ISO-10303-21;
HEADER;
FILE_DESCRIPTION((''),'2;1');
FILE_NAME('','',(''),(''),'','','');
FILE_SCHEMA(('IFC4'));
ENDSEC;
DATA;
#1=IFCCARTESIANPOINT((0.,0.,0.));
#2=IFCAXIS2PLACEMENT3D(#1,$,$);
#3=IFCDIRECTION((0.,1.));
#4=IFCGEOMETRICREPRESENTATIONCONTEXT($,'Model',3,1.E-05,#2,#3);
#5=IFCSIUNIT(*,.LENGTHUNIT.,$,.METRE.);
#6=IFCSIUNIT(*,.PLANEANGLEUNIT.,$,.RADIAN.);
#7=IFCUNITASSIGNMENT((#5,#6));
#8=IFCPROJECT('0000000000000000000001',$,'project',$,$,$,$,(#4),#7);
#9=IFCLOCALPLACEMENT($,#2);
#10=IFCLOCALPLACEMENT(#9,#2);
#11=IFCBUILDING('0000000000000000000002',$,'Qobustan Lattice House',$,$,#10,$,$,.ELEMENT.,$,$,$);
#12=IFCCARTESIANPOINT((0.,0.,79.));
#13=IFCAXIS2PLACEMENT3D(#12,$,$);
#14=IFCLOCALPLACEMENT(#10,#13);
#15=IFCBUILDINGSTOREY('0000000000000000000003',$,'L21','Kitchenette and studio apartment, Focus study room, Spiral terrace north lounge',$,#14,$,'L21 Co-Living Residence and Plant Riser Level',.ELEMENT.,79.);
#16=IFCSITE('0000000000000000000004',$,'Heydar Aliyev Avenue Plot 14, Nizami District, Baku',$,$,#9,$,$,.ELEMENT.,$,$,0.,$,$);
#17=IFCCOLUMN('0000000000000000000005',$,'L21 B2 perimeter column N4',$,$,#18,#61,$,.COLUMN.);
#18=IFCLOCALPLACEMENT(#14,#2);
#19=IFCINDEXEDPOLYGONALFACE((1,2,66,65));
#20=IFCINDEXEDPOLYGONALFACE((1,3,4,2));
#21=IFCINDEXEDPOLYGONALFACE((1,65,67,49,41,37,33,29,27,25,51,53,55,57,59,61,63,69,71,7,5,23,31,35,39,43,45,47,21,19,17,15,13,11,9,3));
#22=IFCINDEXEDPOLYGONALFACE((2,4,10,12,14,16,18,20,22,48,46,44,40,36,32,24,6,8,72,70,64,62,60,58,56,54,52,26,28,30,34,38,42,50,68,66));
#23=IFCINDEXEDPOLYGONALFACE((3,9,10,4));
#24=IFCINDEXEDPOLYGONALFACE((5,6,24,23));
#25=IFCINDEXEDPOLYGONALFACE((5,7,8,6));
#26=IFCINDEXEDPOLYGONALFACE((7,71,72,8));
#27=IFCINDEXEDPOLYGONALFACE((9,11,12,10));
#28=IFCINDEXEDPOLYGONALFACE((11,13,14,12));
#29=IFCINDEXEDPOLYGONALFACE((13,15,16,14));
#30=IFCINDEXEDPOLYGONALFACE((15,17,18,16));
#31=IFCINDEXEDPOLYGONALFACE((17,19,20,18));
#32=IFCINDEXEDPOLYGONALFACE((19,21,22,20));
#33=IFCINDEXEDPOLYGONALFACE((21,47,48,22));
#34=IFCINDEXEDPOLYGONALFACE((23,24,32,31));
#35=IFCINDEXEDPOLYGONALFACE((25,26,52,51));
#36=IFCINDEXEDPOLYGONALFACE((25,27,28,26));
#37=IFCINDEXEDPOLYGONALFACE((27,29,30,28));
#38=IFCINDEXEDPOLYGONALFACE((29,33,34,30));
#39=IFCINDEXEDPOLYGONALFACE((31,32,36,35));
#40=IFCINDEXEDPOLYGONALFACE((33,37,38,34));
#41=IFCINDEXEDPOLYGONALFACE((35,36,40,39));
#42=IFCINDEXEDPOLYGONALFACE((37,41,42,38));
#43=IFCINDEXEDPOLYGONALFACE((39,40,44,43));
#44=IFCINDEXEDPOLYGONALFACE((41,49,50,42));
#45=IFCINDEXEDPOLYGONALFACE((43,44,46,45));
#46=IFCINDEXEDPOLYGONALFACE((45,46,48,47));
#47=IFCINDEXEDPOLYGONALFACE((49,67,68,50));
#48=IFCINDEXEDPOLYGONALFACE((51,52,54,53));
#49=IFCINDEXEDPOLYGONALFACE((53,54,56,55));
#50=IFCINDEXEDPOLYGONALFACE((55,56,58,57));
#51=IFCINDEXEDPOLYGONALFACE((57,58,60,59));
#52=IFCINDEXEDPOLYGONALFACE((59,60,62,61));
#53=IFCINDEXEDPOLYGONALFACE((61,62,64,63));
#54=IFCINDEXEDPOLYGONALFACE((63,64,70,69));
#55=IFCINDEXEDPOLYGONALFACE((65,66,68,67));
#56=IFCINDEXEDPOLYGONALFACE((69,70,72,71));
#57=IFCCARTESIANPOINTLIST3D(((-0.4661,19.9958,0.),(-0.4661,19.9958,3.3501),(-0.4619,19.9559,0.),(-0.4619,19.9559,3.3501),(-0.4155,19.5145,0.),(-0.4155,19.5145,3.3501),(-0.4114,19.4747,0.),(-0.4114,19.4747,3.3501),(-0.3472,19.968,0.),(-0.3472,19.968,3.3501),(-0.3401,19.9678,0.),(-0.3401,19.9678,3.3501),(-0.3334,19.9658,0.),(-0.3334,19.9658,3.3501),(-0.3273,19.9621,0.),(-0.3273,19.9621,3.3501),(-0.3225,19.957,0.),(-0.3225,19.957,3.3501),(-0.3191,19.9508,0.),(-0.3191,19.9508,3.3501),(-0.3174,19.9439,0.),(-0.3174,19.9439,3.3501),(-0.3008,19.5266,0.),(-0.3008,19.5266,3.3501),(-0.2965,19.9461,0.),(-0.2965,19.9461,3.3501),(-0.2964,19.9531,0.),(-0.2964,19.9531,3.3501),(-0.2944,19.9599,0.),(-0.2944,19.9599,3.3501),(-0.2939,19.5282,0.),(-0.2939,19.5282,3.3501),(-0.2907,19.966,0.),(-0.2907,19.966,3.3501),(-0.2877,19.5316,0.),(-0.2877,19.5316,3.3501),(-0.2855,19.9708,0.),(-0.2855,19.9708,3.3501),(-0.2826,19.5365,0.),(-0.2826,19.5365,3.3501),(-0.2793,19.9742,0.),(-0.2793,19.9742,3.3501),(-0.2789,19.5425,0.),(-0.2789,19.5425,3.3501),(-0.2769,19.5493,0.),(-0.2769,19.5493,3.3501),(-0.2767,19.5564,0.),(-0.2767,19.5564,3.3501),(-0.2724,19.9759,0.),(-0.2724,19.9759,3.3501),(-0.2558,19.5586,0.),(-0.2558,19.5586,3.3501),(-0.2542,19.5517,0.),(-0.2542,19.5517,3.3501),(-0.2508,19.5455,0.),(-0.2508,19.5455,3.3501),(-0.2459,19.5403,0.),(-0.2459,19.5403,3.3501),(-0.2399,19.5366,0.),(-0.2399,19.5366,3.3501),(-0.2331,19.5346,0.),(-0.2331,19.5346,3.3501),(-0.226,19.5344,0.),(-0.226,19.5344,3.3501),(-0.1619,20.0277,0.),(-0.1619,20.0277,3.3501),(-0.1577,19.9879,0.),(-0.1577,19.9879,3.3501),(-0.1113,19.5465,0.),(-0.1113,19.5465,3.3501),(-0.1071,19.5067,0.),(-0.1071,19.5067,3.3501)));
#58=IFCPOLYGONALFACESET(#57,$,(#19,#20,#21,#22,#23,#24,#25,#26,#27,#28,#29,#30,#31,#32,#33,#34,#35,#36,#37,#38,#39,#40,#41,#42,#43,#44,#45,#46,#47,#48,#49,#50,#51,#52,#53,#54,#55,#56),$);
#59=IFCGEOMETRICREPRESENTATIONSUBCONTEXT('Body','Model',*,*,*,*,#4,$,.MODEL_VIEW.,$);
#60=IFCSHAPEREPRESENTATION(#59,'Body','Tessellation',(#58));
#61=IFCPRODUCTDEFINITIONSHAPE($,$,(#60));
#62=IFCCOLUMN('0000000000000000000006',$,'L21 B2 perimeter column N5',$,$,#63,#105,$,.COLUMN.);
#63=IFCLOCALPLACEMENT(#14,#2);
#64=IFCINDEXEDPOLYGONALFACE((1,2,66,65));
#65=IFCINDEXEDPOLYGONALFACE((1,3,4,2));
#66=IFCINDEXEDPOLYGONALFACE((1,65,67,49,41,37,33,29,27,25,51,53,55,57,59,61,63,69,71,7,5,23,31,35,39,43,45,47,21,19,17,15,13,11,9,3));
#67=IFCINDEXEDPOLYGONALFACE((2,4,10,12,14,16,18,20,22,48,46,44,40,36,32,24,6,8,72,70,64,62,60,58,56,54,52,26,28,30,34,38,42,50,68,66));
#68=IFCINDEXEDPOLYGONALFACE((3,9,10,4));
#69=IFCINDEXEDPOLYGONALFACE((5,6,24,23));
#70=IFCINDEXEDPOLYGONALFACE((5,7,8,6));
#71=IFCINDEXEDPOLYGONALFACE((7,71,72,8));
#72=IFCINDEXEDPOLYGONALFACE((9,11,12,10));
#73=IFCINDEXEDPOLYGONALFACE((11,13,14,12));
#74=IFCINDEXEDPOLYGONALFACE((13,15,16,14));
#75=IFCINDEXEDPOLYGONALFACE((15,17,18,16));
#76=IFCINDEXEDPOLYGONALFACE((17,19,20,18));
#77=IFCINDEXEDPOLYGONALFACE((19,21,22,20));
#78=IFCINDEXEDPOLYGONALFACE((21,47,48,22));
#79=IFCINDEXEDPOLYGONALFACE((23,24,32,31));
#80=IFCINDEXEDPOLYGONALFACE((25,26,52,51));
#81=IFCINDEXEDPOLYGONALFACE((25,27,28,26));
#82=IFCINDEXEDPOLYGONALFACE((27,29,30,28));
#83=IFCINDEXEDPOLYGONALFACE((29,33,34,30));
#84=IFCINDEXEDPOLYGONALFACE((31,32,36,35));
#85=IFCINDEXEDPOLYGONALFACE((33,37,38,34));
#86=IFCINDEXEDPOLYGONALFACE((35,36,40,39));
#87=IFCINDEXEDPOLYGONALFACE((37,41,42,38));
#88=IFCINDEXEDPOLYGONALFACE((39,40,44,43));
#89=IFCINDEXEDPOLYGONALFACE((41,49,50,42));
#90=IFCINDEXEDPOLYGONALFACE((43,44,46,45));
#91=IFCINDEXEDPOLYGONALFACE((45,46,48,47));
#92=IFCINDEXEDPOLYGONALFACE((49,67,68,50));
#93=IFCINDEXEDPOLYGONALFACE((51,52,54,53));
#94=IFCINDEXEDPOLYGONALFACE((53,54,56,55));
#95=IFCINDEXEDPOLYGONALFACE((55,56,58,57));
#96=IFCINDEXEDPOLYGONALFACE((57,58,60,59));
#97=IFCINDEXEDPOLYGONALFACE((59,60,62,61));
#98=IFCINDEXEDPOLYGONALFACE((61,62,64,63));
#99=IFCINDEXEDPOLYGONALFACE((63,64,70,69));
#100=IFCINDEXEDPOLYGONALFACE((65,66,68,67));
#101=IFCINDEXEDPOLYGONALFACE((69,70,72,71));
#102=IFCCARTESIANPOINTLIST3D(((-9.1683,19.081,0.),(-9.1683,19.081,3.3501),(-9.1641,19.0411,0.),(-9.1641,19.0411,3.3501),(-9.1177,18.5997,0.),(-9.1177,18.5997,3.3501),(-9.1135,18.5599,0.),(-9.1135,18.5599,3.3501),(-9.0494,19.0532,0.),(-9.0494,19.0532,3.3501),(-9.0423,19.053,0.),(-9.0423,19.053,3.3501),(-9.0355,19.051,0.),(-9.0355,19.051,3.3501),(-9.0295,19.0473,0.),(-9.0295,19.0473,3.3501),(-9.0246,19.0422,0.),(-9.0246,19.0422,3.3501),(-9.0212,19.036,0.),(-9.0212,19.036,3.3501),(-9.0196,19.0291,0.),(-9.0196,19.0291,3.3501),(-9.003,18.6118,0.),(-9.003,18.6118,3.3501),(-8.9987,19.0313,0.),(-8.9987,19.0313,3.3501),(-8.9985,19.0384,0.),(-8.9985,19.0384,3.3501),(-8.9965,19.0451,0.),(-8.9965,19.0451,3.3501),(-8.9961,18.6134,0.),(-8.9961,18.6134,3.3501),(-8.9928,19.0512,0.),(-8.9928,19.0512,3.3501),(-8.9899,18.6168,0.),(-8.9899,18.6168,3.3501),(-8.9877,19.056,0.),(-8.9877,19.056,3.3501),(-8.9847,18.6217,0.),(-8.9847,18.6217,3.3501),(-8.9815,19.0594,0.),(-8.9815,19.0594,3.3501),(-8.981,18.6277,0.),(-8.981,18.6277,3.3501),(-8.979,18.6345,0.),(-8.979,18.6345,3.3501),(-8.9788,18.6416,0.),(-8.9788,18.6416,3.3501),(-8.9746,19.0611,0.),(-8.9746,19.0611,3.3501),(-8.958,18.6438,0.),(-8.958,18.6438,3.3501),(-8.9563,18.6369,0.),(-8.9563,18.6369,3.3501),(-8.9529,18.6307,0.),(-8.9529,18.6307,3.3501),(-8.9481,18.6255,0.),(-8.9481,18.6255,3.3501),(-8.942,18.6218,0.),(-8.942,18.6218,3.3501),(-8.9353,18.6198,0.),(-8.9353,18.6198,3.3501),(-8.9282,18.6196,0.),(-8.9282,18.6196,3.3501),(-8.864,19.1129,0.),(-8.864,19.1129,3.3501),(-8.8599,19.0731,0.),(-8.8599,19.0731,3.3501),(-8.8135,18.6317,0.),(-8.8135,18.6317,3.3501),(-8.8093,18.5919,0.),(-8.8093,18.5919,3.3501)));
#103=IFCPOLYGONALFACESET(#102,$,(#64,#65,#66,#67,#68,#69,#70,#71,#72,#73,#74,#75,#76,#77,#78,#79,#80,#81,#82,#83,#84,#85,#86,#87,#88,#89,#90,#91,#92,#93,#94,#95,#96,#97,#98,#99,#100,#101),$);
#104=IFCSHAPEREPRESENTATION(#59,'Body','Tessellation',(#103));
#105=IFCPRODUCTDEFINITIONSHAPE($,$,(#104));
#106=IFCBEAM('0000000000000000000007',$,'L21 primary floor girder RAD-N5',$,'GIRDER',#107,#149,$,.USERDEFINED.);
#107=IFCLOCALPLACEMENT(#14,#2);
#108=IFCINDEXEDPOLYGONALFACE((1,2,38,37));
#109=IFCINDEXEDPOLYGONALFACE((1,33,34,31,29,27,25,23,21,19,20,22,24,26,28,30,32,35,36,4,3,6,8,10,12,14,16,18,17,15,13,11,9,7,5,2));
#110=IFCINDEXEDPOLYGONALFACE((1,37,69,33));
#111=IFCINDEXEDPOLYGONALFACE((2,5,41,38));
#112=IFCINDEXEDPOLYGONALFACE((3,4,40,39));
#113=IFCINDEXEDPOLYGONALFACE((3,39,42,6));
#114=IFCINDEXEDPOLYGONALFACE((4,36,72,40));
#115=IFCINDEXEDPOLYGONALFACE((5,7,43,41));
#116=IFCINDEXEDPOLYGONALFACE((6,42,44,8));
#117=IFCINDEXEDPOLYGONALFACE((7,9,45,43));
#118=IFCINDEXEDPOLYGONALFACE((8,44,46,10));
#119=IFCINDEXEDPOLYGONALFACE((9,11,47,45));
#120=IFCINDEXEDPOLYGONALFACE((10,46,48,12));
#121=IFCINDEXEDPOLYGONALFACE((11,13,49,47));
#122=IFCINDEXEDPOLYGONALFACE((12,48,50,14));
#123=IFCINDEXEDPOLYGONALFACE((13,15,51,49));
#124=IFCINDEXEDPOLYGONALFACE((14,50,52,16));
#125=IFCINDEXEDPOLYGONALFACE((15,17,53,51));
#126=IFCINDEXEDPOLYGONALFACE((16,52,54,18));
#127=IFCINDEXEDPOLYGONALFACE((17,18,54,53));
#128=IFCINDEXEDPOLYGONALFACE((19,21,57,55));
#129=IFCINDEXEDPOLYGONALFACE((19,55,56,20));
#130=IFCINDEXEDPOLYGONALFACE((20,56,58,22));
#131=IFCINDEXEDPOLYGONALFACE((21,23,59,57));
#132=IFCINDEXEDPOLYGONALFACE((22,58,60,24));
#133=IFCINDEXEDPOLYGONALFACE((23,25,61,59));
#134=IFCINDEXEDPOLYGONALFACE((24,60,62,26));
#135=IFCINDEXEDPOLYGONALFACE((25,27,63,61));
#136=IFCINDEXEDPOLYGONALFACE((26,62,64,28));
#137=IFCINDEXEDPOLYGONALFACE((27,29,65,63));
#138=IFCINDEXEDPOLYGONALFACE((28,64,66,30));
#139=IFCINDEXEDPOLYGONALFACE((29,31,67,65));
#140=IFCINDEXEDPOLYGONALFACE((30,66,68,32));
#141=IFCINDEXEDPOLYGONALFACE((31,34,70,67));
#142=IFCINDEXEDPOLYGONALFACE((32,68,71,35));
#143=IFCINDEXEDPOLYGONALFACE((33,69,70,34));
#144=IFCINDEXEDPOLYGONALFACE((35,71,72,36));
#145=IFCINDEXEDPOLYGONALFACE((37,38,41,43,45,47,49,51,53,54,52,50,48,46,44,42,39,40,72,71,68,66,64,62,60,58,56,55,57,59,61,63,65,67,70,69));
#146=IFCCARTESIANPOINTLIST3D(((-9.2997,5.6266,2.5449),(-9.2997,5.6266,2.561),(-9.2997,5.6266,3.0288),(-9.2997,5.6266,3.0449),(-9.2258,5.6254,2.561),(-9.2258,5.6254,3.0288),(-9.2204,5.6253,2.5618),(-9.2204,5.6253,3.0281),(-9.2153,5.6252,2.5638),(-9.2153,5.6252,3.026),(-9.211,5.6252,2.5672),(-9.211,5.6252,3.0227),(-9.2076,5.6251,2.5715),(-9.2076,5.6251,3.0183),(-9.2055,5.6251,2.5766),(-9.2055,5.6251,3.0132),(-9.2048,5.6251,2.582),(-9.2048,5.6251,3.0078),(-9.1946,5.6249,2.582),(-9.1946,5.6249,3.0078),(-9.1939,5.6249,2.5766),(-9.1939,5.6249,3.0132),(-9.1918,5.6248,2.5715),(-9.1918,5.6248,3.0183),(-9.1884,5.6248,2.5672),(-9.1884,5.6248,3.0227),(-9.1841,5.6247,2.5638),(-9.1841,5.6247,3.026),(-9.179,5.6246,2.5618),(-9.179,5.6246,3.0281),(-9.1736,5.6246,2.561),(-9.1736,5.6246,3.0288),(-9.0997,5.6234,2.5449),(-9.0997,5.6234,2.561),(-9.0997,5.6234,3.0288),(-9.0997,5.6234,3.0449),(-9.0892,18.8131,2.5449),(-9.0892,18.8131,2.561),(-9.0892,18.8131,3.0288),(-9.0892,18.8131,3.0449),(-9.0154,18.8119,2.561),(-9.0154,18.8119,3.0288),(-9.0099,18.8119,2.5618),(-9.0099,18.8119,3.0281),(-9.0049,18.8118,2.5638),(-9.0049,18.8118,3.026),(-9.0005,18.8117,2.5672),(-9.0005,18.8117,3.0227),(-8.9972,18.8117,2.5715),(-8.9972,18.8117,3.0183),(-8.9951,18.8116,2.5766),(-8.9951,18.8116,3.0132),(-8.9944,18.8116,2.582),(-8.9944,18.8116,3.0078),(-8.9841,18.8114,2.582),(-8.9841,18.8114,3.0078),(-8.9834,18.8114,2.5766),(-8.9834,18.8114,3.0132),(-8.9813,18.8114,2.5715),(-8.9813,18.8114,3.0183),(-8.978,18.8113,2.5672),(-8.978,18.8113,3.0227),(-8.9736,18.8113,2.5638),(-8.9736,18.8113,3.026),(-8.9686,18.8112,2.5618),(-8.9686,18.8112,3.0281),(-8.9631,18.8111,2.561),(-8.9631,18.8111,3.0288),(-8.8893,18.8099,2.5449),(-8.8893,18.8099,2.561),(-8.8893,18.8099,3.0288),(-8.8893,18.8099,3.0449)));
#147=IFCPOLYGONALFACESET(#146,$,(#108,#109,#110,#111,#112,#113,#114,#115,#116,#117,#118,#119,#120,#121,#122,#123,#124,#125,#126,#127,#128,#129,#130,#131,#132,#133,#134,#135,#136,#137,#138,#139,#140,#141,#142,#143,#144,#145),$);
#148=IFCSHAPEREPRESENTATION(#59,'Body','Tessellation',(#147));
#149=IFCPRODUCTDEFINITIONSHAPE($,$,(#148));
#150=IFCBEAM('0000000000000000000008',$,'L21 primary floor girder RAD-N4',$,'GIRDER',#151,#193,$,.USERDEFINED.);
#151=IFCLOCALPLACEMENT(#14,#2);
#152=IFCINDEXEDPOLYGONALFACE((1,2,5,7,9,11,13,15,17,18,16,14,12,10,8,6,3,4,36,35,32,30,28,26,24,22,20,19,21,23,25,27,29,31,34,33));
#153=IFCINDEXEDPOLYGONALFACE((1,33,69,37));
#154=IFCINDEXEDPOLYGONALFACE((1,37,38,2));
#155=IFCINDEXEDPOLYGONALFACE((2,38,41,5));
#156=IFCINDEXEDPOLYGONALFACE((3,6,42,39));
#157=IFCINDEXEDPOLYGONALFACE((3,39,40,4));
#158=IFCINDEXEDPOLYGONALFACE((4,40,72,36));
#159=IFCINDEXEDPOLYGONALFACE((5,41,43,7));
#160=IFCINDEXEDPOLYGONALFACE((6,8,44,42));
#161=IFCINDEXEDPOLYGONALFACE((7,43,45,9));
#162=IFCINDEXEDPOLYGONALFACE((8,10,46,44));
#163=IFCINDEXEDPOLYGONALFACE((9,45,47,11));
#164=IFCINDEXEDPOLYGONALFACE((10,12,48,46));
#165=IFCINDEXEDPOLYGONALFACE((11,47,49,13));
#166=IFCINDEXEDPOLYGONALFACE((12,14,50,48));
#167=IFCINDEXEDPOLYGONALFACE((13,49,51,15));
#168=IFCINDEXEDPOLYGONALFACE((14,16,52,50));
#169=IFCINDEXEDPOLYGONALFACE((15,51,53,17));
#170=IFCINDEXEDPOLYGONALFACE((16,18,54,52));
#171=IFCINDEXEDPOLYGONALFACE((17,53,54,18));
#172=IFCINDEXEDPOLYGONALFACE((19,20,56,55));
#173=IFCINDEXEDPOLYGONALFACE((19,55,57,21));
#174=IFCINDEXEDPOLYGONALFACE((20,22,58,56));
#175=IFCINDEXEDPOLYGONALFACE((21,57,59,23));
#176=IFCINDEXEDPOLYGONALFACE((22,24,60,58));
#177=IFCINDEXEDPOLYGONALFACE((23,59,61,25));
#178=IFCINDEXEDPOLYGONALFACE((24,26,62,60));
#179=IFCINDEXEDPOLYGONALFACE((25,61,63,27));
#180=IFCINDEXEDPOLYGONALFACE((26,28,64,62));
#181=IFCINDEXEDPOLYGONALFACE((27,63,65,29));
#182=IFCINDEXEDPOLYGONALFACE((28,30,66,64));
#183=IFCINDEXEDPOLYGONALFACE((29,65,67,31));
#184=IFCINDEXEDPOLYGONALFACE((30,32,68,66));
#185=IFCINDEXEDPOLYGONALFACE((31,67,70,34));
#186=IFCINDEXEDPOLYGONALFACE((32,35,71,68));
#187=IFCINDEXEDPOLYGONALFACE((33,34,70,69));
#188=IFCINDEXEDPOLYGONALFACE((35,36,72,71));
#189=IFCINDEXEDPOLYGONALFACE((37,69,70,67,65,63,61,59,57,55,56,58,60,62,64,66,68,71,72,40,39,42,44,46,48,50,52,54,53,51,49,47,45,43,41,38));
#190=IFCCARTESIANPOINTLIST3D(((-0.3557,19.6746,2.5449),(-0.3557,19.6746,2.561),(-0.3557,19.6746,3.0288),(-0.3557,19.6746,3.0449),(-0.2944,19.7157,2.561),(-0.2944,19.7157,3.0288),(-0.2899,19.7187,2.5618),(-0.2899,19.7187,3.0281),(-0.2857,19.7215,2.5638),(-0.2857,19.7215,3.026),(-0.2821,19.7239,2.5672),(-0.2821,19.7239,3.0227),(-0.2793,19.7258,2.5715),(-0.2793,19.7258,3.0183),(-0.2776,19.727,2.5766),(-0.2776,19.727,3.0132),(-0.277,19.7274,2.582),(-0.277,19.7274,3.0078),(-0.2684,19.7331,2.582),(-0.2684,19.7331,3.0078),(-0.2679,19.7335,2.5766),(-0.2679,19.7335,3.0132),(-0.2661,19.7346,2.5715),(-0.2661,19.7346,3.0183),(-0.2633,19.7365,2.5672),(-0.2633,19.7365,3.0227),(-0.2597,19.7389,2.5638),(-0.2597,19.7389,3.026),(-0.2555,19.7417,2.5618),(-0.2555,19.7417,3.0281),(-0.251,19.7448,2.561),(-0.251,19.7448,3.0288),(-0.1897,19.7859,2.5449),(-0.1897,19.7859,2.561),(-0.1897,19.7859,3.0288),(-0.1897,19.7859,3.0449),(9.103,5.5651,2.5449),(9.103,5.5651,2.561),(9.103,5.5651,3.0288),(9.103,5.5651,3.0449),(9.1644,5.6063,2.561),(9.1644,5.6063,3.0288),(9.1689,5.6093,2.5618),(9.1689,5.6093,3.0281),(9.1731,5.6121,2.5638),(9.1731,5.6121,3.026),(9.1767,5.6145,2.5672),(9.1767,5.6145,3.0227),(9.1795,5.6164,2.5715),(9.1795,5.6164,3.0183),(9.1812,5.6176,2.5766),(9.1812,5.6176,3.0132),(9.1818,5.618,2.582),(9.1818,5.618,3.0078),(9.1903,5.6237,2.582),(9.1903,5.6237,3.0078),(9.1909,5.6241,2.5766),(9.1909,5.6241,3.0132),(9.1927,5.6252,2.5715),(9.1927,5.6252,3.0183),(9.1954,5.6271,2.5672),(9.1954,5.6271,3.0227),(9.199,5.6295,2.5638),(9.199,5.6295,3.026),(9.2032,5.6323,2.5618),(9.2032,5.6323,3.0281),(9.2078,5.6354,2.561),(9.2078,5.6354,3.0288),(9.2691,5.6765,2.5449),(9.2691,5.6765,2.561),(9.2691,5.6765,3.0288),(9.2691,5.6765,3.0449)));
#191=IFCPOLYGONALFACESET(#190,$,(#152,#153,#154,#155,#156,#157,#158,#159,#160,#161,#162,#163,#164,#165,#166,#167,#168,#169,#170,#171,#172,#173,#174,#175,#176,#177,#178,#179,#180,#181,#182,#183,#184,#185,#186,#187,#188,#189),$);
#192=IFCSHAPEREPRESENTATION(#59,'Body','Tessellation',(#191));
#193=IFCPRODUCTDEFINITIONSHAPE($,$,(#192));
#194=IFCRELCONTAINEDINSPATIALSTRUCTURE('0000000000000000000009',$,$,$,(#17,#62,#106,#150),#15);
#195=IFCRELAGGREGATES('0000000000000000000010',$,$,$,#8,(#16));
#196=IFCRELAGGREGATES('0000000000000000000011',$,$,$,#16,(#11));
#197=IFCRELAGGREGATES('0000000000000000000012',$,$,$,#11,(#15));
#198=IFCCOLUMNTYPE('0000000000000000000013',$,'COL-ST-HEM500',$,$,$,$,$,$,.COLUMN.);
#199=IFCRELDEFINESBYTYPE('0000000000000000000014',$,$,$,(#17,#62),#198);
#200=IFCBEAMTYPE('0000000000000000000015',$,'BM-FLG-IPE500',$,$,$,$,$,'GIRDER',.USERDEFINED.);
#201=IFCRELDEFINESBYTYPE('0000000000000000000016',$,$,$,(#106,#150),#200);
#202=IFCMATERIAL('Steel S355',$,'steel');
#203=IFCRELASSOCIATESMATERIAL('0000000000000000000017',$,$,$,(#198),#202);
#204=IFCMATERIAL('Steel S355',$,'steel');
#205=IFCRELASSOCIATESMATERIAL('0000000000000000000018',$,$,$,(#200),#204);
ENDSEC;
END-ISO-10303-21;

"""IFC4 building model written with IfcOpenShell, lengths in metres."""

from ifc_helpers import new_model, si_unit, direction, frame, origin, origin_2d, place, context, subcontext, project, spatial, i_section, extrude, material, material_profile, profile_set, type_object, element, save


model = new_model("IFC4")

# Units and contexts
model_context = context("Model", 3, precision=1e-05, world=origin(), true_north=direction((0.0, 1.0)))
body_context = subcontext(model_context, "Body", "Model", "MODEL_VIEW")
ifc_project = project(units=[si_unit("LENGTHUNIT", "METRE"), si_unit("PLANEANGLEUNIT", "RADIAN")], contexts=[model_context])

# Site, building, storey
site_placement = place(None, origin())
site = spatial("IfcSite", under=ifc_project, at=site_placement, Name="Heydar Aliyev Avenue Plot 14, Nizami District, Baku", CompositionType="ELEMENT", RefElevation=0.0)
building_placement = place(site_placement, origin())
building = spatial("IfcBuilding", under=site, at=building_placement, Name="Qobustan Lattice House", CompositionType="ELEMENT")
storey_placement = place(building_placement, frame((0.0, 0.0, 79.0)))
storey = spatial("IfcBuildingStorey", under=building, at=storey_placement, Name="L21", Description="Kitchenette and studio apartment, Focus study room, Spiral terrace north lounge", LongName="L21 Co-Living Residence and Plant Riser Level", CompositionType="ELEMENT", Elevation=79.0)

# Columns
ifc_material_1 = material(Name="Steel S355", Category="steel")
ifc_material_profile_1 = material_profile(ifc_material_1, i_section(OverallWidth=0.3059, OverallDepth=0.5239, WebThickness=0.021, FlangeThickness=0.04, FilletRadius=0.0271, at=origin_2d()), Name="HEM500")
ifc_profile_set_1 = profile_set([ifc_material_profile_1], Name="Steel S355")
column_type = type_object("IfcColumnType", Name="COL-ST-HEM500", PredefinedType="COLUMN", material=ifc_profile_set_1)
for number, where, z_axis, x_axis, name in (
    (1, (-0.2866, 19.7512, 0.0), (0.0, 0.0, 1.0), (0.994522, 0.104528, 0.0), "L21 B2 perimeter column N4"),
    (2, (-8.9888, 18.8364, 0.0), (0.0, 0.0, 1.0), (0.994522, 0.104528, 0.0), "L21 B2 perimeter column N5"),
):
    element("IfcColumn", number, at=place(storey_placement, frame(where, z_axis=z_axis, x_axis=x_axis)), inside=storey, type_object=column_type, Name=name, PredefinedType="COLUMN", context=body_context, shape_type="SweptSolid", body=[
        extrude(i_section(OverallWidth=0.3059, OverallDepth=0.5239, WebThickness=0.021, FlangeThickness=0.04, FilletRadius=0.0271, at=origin_2d()), origin(), (0.0, 0.0, 1.0), 3.3501),
    ])

# Beams
ifc_material_2 = material(Name="Steel S355", Category="steel")
ifc_material_profile_2 = material_profile(ifc_material_2, i_section(OverallWidth=0.2, OverallDepth=0.5, WebThickness=0.0103, FlangeThickness=0.0161, FilletRadius=0.021, at=origin_2d()), Name="IPE500")
ifc_profile_set_2 = profile_set([ifc_material_profile_2], Name="Steel S355")
beam_type_1 = type_object("IfcBeamType", Name="BM-FLG-IPE500", ElementType="GIRDER", PredefinedType="USERDEFINED", material=ifc_profile_set_2)
beam_1_placement = place(storey_placement, frame((-8.9893, 18.8115, 2.7949), z_axis=(-0.015957, -0.999873, 0.0), x_axis=(0.999873, -0.015957, 0.0)))
element("IfcBeam", 3, at=beam_1_placement, inside=storey, type_object=beam_type_1, Name="L21 primary floor girder RAD-N5", ObjectType="GIRDER", PredefinedType="USERDEFINED", context=body_context, shape_type="SweptSolid", body=[
    extrude(i_section(OverallWidth=0.2, OverallDepth=0.5, WebThickness=0.0103, FlangeThickness=0.0161, FilletRadius=0.021, at=origin_2d()), origin(), (0.0, 0.0, 1.0), 13.1882),
])
beam_2_placement = place(storey_placement, frame((-0.2727, 19.7302, 2.7949), z_axis=(0.556838, -0.830621, 0.0), x_axis=(0.830621, 0.556838, 0.0)))
element("IfcBeam", 4, at=beam_2_placement, inside=storey, type_object=beam_type_1, Name="L21 primary floor girder RAD-N4", ObjectType="GIRDER", PredefinedType="USERDEFINED", context=body_context, shape_type="SweptSolid", body=[
    extrude(i_section(OverallWidth=0.2, OverallDepth=0.5, WebThickness=0.0103, FlangeThickness=0.0161, FilletRadius=0.021, at=origin_2d()), origin(), (0.0, 0.0, 1.0), 16.9866),
])

save(model, "model.ifc")
